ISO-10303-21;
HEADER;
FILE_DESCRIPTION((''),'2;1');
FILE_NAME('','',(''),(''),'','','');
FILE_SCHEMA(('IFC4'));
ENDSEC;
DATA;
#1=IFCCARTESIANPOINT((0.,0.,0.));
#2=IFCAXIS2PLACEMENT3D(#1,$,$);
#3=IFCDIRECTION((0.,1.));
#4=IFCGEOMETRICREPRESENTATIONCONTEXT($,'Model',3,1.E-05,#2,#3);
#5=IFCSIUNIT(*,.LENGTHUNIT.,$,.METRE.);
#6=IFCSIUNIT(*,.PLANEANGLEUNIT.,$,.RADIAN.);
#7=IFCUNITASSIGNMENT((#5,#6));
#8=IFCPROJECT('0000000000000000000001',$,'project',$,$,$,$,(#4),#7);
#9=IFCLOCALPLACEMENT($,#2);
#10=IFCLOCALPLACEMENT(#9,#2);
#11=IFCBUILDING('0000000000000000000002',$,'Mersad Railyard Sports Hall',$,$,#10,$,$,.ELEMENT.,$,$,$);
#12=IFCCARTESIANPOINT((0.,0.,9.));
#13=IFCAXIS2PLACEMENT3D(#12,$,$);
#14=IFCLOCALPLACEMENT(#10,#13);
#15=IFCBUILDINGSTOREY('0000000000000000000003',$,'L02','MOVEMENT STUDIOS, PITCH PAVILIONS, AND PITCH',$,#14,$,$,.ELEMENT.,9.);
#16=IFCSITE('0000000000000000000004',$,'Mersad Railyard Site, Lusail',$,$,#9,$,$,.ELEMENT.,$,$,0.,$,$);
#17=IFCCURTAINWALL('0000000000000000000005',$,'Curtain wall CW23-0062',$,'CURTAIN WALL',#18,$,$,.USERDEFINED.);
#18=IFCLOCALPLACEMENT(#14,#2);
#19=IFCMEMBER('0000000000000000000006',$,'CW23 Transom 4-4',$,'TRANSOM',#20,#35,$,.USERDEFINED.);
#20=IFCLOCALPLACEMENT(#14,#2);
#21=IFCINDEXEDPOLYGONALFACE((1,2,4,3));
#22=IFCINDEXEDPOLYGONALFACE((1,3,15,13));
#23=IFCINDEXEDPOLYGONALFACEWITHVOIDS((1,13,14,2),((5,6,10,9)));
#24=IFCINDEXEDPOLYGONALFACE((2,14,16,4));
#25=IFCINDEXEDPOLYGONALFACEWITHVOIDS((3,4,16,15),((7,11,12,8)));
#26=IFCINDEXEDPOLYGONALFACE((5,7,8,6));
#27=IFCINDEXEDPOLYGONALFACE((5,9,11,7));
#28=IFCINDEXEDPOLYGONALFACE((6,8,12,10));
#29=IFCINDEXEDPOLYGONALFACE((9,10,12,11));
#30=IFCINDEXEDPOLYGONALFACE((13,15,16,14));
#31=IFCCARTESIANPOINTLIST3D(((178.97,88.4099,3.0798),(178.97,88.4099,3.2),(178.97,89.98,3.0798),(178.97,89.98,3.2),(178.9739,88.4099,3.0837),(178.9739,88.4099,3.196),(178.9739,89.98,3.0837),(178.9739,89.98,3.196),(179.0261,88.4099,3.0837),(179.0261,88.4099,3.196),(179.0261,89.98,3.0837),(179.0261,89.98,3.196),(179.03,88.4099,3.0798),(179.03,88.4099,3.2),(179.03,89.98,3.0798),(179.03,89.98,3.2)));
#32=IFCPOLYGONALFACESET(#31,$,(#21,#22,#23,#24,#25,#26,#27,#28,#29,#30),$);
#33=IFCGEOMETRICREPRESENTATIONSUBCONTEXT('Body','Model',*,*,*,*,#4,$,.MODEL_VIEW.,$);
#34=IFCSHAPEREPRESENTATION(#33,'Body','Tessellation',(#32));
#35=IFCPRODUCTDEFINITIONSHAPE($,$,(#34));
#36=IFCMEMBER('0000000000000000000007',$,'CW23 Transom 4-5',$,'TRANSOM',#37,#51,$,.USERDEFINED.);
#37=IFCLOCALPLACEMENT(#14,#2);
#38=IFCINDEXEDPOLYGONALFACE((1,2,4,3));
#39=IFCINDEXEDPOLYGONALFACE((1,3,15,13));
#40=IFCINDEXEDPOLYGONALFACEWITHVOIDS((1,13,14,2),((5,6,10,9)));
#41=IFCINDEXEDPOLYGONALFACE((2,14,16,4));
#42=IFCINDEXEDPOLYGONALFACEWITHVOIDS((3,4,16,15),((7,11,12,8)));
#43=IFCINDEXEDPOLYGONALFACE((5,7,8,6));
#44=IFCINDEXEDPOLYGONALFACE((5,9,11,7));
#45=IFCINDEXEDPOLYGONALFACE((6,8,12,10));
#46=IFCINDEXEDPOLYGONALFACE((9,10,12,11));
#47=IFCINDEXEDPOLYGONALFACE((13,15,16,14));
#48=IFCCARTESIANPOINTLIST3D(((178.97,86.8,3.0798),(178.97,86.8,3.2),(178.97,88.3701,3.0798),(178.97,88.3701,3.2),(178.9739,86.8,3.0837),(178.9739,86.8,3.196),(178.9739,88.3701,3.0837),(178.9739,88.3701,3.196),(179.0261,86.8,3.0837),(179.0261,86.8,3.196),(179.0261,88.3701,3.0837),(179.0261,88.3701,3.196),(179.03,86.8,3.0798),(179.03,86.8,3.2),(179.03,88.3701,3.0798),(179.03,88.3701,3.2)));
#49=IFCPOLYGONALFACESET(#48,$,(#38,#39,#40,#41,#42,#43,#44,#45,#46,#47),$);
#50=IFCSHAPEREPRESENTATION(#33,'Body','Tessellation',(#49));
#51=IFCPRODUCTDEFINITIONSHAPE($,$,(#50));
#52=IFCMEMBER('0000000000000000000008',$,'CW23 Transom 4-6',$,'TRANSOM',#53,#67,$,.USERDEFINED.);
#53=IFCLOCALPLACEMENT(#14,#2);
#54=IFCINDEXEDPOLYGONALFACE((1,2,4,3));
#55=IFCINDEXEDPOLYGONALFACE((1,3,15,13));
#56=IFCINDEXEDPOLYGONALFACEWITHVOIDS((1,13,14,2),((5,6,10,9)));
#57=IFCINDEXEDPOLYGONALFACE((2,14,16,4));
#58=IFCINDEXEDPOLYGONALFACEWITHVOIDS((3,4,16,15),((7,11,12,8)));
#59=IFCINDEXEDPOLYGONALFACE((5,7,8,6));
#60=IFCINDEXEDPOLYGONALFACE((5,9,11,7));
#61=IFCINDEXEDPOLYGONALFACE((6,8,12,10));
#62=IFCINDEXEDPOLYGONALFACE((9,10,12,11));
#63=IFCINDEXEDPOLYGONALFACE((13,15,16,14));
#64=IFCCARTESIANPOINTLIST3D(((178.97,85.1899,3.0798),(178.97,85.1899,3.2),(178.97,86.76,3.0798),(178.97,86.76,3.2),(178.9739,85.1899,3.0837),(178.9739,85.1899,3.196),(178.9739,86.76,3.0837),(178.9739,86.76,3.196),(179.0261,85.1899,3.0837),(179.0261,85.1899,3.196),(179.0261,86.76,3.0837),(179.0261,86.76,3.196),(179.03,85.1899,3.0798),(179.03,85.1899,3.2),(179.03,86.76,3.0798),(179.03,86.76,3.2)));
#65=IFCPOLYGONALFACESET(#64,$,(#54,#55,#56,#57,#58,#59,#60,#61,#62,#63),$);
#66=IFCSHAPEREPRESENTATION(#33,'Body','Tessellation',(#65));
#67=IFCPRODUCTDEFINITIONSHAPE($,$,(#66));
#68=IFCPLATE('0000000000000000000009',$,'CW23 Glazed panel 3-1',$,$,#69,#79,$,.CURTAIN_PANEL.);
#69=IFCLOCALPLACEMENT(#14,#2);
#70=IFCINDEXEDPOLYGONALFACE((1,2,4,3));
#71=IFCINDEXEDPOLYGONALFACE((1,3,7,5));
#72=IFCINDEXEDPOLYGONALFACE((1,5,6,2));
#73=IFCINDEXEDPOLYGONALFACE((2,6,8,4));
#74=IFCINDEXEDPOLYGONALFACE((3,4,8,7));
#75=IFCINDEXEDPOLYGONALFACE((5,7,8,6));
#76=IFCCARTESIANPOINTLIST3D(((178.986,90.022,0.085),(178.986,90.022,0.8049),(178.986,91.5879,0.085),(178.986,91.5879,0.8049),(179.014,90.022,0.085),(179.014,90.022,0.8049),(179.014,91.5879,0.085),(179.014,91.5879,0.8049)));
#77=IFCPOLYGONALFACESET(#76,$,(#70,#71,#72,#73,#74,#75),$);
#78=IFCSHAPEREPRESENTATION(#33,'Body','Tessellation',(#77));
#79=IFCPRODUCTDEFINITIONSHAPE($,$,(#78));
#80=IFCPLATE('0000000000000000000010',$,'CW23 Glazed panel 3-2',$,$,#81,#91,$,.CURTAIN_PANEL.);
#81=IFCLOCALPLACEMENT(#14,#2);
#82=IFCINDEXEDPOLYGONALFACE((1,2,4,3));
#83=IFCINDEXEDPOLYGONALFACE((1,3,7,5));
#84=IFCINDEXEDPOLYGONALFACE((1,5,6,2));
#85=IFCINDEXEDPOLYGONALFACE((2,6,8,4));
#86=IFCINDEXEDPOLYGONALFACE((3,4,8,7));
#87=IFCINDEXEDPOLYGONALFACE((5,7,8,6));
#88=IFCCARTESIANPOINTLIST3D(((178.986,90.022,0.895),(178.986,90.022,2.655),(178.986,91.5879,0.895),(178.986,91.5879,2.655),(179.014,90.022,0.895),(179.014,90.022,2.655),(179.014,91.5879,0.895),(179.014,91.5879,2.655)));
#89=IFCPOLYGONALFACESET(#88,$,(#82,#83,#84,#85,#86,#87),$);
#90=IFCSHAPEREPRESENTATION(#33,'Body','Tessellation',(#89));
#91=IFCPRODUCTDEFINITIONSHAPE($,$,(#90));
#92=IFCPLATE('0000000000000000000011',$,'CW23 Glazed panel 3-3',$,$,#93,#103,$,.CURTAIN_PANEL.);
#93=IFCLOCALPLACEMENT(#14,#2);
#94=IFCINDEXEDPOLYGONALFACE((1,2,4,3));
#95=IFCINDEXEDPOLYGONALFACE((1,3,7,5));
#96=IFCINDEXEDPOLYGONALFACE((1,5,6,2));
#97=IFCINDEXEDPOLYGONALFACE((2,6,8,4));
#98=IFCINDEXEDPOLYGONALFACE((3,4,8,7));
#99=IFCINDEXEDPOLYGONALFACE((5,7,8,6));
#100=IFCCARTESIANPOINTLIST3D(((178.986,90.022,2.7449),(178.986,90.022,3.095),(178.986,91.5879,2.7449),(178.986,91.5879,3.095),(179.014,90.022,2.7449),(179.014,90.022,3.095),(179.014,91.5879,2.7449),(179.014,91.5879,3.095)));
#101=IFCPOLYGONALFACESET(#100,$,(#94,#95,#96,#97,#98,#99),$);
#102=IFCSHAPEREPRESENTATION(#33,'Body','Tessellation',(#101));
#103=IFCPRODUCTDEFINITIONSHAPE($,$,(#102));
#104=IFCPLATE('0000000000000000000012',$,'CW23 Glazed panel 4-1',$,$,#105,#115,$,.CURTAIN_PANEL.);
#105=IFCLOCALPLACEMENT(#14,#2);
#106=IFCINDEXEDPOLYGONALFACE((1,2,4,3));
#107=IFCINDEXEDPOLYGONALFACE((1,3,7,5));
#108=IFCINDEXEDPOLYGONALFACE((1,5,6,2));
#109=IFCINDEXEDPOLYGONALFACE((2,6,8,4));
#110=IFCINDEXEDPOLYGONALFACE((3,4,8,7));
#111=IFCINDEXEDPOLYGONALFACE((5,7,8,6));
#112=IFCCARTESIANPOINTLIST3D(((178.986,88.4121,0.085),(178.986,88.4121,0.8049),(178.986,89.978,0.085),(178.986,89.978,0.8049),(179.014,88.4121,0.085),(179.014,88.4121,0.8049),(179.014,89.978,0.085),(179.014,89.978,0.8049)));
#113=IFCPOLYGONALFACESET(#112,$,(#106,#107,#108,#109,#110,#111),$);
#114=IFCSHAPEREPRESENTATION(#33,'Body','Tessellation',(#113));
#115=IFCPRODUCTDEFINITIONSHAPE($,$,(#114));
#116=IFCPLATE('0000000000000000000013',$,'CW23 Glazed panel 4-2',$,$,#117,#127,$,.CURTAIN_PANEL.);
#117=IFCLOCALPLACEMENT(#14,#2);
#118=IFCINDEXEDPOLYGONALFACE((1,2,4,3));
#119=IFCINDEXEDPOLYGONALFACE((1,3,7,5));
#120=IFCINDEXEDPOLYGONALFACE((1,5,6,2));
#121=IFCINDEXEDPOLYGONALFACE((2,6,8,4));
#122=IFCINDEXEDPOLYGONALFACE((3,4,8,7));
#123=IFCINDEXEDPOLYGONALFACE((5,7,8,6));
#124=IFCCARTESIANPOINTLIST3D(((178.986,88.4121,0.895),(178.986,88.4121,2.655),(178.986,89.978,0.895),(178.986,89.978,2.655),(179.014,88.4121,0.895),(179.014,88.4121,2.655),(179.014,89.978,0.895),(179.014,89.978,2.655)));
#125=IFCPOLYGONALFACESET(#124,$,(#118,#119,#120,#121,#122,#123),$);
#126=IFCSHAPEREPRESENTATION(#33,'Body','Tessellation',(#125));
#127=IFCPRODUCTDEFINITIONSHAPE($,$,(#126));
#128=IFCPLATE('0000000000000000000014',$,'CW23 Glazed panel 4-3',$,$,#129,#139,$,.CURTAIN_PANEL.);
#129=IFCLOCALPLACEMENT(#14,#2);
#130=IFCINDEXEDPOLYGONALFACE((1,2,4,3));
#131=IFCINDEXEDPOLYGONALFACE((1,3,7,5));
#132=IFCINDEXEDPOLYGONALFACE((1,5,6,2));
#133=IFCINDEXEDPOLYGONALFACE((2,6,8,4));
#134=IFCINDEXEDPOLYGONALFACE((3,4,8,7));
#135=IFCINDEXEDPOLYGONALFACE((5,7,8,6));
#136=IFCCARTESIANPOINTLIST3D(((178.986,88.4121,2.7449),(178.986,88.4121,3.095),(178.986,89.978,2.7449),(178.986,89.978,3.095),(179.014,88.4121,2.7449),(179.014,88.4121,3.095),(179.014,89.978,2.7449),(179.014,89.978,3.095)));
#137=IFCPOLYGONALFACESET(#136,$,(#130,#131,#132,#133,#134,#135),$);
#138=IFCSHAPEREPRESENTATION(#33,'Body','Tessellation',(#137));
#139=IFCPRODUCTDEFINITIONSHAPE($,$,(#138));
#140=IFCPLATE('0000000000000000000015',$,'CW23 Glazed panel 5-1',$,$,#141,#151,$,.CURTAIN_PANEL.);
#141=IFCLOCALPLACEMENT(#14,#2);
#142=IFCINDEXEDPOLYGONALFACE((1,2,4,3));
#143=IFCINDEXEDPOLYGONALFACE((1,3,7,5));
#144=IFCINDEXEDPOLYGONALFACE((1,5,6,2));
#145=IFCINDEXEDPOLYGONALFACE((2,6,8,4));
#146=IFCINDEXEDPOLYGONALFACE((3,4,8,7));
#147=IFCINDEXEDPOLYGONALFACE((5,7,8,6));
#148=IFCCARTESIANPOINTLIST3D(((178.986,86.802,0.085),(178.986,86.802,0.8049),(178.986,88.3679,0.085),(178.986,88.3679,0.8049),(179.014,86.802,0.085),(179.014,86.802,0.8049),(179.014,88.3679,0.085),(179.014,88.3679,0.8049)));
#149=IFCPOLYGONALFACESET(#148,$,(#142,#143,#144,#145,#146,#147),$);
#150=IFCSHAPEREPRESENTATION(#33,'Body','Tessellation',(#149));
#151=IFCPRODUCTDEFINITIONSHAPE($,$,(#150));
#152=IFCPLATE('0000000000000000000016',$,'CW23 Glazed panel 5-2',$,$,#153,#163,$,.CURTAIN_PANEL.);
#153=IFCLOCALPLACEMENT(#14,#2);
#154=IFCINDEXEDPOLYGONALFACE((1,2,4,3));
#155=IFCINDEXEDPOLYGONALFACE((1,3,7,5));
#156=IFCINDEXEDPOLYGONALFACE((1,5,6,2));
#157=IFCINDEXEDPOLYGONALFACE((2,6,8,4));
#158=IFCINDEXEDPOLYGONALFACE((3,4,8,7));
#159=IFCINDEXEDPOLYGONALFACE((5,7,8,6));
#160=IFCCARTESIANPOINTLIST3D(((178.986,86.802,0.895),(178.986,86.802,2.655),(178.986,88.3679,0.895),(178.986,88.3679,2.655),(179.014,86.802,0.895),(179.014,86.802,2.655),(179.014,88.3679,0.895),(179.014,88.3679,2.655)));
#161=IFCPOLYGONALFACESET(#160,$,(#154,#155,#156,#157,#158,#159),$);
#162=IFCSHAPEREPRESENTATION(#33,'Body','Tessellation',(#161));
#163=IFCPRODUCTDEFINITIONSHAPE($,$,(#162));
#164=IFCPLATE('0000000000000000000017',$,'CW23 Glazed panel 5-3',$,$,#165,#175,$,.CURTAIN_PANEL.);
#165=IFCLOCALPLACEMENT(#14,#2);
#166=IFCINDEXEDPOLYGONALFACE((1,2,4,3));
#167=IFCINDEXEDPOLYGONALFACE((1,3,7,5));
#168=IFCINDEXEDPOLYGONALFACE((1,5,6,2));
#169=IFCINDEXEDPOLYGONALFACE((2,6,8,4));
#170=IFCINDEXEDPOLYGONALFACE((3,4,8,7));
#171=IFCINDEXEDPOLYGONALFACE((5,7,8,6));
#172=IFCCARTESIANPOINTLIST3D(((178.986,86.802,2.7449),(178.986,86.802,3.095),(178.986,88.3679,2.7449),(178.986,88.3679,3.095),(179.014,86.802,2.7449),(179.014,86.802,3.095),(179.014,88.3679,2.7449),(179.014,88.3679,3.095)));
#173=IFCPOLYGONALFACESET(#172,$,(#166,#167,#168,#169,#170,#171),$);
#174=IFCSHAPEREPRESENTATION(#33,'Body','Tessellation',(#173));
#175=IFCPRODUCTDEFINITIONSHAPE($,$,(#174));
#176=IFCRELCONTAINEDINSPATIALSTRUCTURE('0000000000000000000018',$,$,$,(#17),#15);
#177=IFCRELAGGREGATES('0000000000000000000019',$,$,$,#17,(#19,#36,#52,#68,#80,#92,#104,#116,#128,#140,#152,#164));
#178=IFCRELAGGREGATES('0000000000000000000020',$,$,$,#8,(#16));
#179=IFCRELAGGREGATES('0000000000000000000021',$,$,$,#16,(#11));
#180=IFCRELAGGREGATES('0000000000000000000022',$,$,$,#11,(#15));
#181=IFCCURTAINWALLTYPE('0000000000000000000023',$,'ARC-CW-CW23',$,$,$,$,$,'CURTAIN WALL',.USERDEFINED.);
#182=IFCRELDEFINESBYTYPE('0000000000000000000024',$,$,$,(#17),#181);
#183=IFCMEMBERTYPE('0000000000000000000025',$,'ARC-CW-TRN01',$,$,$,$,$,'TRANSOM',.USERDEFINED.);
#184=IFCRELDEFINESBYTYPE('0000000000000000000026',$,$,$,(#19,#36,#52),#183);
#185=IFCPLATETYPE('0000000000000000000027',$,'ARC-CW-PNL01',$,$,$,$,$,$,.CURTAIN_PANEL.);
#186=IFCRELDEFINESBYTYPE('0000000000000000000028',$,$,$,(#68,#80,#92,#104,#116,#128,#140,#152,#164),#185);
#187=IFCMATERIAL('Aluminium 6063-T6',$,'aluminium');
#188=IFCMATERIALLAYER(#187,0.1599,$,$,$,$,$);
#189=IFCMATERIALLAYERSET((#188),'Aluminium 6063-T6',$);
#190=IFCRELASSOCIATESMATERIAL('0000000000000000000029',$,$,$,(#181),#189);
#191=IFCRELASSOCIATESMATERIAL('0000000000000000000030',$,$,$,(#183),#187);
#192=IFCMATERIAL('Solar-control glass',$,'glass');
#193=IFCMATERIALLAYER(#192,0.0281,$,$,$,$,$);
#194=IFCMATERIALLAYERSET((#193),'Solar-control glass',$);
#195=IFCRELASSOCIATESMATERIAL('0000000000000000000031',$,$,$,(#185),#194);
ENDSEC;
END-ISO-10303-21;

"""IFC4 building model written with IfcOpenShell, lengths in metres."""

from ifc_helpers import new_model, si_unit, direction, frame, origin, origin_2d, place, context, subcontext, project, spatial, rectangle, hollow_rectangle, extrude, material, layer, layer_set, material_profile, profile_set, type_object, element, aggregate, save


model = new_model("IFC4")

# Units and contexts
model_context = context("Model", 3, precision=1e-05, world=origin(), true_north=direction((0.0, 1.0)))
body_context = subcontext(model_context, "Body", "Model", "MODEL_VIEW")
ifc_project = project(units=[si_unit("LENGTHUNIT", "METRE"), si_unit("PLANEANGLEUNIT", "RADIAN")], contexts=[model_context])

# Site, building, storey
site_placement = place(None, origin())
site = spatial("IfcSite", under=ifc_project, at=site_placement, Name="Mersad Railyard Site, Lusail", CompositionType="ELEMENT", RefElevation=0.0)
building_placement = place(site_placement, origin())
building = spatial("IfcBuilding", under=site, at=building_placement, Name="Mersad Railyard Sports Hall", CompositionType="ELEMENT")
storey_placement = place(building_placement, frame((0.0, 0.0, 9.0)))
storey = spatial("IfcBuildingStorey", under=building, at=storey_placement, Name="L02", Description="MOVEMENT STUDIOS, PITCH PAVILIONS, AND PITCH", CompositionType="ELEMENT", Elevation=9.0)

# Curtain wall, members, plates
ifc_material_1 = material(Name="Aluminium 6063-T6", Category="aluminium")
ifc_layer_1 = layer(ifc_material_1, 0.1599)
ifc_layer_set_1 = layer_set([ifc_layer_1], Name="Aluminium 6063-T6")
curtain_wall_type = type_object("IfcCurtainWallType", Name="ARC-CW-CW23", ElementType="CURTAIN WALL", PredefinedType="USERDEFINED", material=ifc_layer_set_1)
curtain_wall_placement = place(storey_placement, origin())
curtain_wall = element("IfcCurtainWall", 1, at=curtain_wall_placement, inside=storey, type_object=curtain_wall_type, Name="Curtain wall CW23-0062", ObjectType="CURTAIN WALL", PredefinedType="USERDEFINED")
ifc_material_profile_1 = material_profile(ifc_material_1, hollow_rectangle(XDim=0.0601, YDim=0.1201, WallThickness=0.0039, at=origin_2d()), Name="AL TRANSOM 60x120x4")
ifc_profile_set_1 = profile_set([ifc_material_profile_1], Name="Aluminium 6063-T6")
member_type_1 = type_object("IfcMemberType", Name="ARC-CW-TRN01", ElementType="TRANSOM", PredefinedType="USERDEFINED", material=ifc_profile_set_1)
member_1_placement = place(storey_placement, frame((179.0, 89.98, 3.1399), z_axis=(0.0, -1.0, 0.0), x_axis=(1.0, 0.0, 0.0)))
member_1 = element("IfcMember", 2, at=member_1_placement, type_object=member_type_1, Name="CW23 Transom 4-4", ObjectType="TRANSOM", PredefinedType="USERDEFINED", context=body_context, shape_type="SweptSolid", body=[
    extrude(hollow_rectangle(XDim=0.0601, YDim=0.1201, WallThickness=0.0039, at=origin_2d()), origin(), (0.0, 0.0, 1.0), 1.5701),
])
member_2_placement = place(storey_placement, frame((179.0, 88.3701, 3.1399), z_axis=(0.0, -1.0, 0.0), x_axis=(1.0, 0.0, 0.0)))
member_2 = element("IfcMember", 3, at=member_2_placement, type_object=member_type_1, Name="CW23 Transom 4-5", ObjectType="TRANSOM", PredefinedType="USERDEFINED", context=body_context, shape_type="SweptSolid", body=[
    extrude(hollow_rectangle(XDim=0.0601, YDim=0.1201, WallThickness=0.0039, at=origin_2d()), origin(), (0.0, 0.0, 1.0), 1.5701),
])
member_3_placement = place(storey_placement, frame((179.0, 86.76, 3.1399), z_axis=(0.0, -1.0, 0.0), x_axis=(1.0, 0.0, 0.0)))
member_3 = element("IfcMember", 4, at=member_3_placement, type_object=member_type_1, Name="CW23 Transom 4-6", ObjectType="TRANSOM", PredefinedType="USERDEFINED", context=body_context, shape_type="SweptSolid", body=[
    extrude(hollow_rectangle(XDim=0.0601, YDim=0.1201, WallThickness=0.0039, at=origin_2d()), origin(), (0.0, 0.0, 1.0), 1.5701),
])
ifc_material_2 = material(Name="Solar-control glass", Category="glass")
ifc_layer_2 = layer(ifc_material_2, 0.0281)
ifc_layer_set_2 = layer_set([ifc_layer_2], Name="Solar-control glass")
plate_type = type_object("IfcPlateType", Name="ARC-CW-PNL01", PredefinedType="CURTAIN_PANEL", material=ifc_layer_set_2)
plate_1_placement = place(storey_placement, frame((179.0, 90.8049, 0.085), z_axis=(0.0, 0.0, 1.0), x_axis=(0.0, -1.0, 0.0)))
plate_1 = element("IfcPlate", 5, at=plate_1_placement, type_object=plate_type, Name="CW23 Glazed panel 3-1", PredefinedType="CURTAIN_PANEL", context=body_context, shape_type="SweptSolid", body=[
    extrude(rectangle(XDim=1.5659, YDim=0.0281, at=origin_2d()), origin(), (0.0, 0.0, 1.0), 0.72),
])
plate_2_placement = place(storey_placement, frame((179.0, 90.8049, 0.895), z_axis=(0.0, 0.0, 1.0), x_axis=(0.0, -1.0, 0.0)))
plate_2 = element("IfcPlate", 6, at=plate_2_placement, type_object=plate_type, Name="CW23 Glazed panel 3-2", PredefinedType="CURTAIN_PANEL", context=body_context, shape_type="SweptSolid", body=[
    extrude(rectangle(XDim=1.5659, YDim=0.0281, at=origin_2d()), origin(), (0.0, 0.0, 1.0), 1.76),
])
plate_3_placement = place(storey_placement, frame((179.0, 90.8049, 2.7449), z_axis=(0.0, 0.0, 1.0), x_axis=(0.0, -1.0, 0.0)))
plate_3 = element("IfcPlate", 7, at=plate_3_placement, type_object=plate_type, Name="CW23 Glazed panel 3-3", PredefinedType="CURTAIN_PANEL", context=body_context, shape_type="SweptSolid", body=[
    extrude(rectangle(XDim=1.5659, YDim=0.0281, at=origin_2d()), origin(), (0.0, 0.0, 1.0), 0.3501),
])
plate_4_placement = place(storey_placement, frame((179.0, 89.1951, 0.085), z_axis=(0.0, 0.0, 1.0), x_axis=(0.0, -1.0, 0.0)))
plate_4 = element("IfcPlate", 8, at=plate_4_placement, type_object=plate_type, Name="CW23 Glazed panel 4-1", PredefinedType="CURTAIN_PANEL", context=body_context, shape_type="SweptSolid", body=[
    extrude(rectangle(XDim=1.5659, YDim=0.0281, at=origin_2d()), origin(), (0.0, 0.0, 1.0), 0.72),
])
plate_5_placement = place(storey_placement, frame((179.0, 89.1951, 0.895), z_axis=(0.0, 0.0, 1.0), x_axis=(0.0, -1.0, 0.0)))
plate_5 = element("IfcPlate", 9, at=plate_5_placement, type_object=plate_type, Name="CW23 Glazed panel 4-2", PredefinedType="CURTAIN_PANEL", context=body_context, shape_type="SweptSolid", body=[
    extrude(rectangle(XDim=1.5659, YDim=0.0281, at=origin_2d()), origin(), (0.0, 0.0, 1.0), 1.76),
])
plate_6_placement = place(storey_placement, frame((179.0, 89.1951, 2.7449), z_axis=(0.0, 0.0, 1.0), x_axis=(0.0, -1.0, 0.0)))
plate_6 = element("IfcPlate", 10, at=plate_6_placement, type_object=plate_type, Name="CW23 Glazed panel 4-3", PredefinedType="CURTAIN_PANEL", context=body_context, shape_type="SweptSolid", body=[
    extrude(rectangle(XDim=1.5659, YDim=0.0281, at=origin_2d()), origin(), (0.0, 0.0, 1.0), 0.3501),
])
plate_7_placement = place(storey_placement, frame((179.0, 87.585, 0.085), z_axis=(0.0, 0.0, 1.0), x_axis=(0.0, -1.0, 0.0)))
plate_7 = element("IfcPlate", 11, at=plate_7_placement, type_object=plate_type, Name="CW23 Glazed panel 5-1", PredefinedType="CURTAIN_PANEL", context=body_context, shape_type="SweptSolid", body=[
    extrude(rectangle(XDim=1.5659, YDim=0.0281, at=origin_2d()), origin(), (0.0, 0.0, 1.0), 0.72),
])
plate_8_placement = place(storey_placement, frame((179.0, 87.585, 0.895), z_axis=(0.0, 0.0, 1.0), x_axis=(0.0, -1.0, 0.0)))
plate_8 = element("IfcPlate", 12, at=plate_8_placement, type_object=plate_type, Name="CW23 Glazed panel 5-2", PredefinedType="CURTAIN_PANEL", context=body_context, shape_type="SweptSolid", body=[
    extrude(rectangle(XDim=1.5659, YDim=0.0281, at=origin_2d()), origin(), (0.0, 0.0, 1.0), 1.76),
])
plate_9_placement = place(storey_placement, frame((179.0, 87.585, 2.7449), z_axis=(0.0, 0.0, 1.0), x_axis=(0.0, -1.0, 0.0)))
plate_9 = element("IfcPlate", 13, at=plate_9_placement, type_object=plate_type, Name="CW23 Glazed panel 5-3", PredefinedType="CURTAIN_PANEL", context=body_context, shape_type="SweptSolid", body=[
    extrude(rectangle(XDim=1.5659, YDim=0.0281, at=origin_2d()), origin(), (0.0, 0.0, 1.0), 0.3501),
])
aggregate(curtain_wall, [member_1, member_2, member_3, plate_1, plate_2, plate_3, plate_4, plate_5, plate_6, plate_7, plate_8, plate_9])

save(model, "model.ifc")
